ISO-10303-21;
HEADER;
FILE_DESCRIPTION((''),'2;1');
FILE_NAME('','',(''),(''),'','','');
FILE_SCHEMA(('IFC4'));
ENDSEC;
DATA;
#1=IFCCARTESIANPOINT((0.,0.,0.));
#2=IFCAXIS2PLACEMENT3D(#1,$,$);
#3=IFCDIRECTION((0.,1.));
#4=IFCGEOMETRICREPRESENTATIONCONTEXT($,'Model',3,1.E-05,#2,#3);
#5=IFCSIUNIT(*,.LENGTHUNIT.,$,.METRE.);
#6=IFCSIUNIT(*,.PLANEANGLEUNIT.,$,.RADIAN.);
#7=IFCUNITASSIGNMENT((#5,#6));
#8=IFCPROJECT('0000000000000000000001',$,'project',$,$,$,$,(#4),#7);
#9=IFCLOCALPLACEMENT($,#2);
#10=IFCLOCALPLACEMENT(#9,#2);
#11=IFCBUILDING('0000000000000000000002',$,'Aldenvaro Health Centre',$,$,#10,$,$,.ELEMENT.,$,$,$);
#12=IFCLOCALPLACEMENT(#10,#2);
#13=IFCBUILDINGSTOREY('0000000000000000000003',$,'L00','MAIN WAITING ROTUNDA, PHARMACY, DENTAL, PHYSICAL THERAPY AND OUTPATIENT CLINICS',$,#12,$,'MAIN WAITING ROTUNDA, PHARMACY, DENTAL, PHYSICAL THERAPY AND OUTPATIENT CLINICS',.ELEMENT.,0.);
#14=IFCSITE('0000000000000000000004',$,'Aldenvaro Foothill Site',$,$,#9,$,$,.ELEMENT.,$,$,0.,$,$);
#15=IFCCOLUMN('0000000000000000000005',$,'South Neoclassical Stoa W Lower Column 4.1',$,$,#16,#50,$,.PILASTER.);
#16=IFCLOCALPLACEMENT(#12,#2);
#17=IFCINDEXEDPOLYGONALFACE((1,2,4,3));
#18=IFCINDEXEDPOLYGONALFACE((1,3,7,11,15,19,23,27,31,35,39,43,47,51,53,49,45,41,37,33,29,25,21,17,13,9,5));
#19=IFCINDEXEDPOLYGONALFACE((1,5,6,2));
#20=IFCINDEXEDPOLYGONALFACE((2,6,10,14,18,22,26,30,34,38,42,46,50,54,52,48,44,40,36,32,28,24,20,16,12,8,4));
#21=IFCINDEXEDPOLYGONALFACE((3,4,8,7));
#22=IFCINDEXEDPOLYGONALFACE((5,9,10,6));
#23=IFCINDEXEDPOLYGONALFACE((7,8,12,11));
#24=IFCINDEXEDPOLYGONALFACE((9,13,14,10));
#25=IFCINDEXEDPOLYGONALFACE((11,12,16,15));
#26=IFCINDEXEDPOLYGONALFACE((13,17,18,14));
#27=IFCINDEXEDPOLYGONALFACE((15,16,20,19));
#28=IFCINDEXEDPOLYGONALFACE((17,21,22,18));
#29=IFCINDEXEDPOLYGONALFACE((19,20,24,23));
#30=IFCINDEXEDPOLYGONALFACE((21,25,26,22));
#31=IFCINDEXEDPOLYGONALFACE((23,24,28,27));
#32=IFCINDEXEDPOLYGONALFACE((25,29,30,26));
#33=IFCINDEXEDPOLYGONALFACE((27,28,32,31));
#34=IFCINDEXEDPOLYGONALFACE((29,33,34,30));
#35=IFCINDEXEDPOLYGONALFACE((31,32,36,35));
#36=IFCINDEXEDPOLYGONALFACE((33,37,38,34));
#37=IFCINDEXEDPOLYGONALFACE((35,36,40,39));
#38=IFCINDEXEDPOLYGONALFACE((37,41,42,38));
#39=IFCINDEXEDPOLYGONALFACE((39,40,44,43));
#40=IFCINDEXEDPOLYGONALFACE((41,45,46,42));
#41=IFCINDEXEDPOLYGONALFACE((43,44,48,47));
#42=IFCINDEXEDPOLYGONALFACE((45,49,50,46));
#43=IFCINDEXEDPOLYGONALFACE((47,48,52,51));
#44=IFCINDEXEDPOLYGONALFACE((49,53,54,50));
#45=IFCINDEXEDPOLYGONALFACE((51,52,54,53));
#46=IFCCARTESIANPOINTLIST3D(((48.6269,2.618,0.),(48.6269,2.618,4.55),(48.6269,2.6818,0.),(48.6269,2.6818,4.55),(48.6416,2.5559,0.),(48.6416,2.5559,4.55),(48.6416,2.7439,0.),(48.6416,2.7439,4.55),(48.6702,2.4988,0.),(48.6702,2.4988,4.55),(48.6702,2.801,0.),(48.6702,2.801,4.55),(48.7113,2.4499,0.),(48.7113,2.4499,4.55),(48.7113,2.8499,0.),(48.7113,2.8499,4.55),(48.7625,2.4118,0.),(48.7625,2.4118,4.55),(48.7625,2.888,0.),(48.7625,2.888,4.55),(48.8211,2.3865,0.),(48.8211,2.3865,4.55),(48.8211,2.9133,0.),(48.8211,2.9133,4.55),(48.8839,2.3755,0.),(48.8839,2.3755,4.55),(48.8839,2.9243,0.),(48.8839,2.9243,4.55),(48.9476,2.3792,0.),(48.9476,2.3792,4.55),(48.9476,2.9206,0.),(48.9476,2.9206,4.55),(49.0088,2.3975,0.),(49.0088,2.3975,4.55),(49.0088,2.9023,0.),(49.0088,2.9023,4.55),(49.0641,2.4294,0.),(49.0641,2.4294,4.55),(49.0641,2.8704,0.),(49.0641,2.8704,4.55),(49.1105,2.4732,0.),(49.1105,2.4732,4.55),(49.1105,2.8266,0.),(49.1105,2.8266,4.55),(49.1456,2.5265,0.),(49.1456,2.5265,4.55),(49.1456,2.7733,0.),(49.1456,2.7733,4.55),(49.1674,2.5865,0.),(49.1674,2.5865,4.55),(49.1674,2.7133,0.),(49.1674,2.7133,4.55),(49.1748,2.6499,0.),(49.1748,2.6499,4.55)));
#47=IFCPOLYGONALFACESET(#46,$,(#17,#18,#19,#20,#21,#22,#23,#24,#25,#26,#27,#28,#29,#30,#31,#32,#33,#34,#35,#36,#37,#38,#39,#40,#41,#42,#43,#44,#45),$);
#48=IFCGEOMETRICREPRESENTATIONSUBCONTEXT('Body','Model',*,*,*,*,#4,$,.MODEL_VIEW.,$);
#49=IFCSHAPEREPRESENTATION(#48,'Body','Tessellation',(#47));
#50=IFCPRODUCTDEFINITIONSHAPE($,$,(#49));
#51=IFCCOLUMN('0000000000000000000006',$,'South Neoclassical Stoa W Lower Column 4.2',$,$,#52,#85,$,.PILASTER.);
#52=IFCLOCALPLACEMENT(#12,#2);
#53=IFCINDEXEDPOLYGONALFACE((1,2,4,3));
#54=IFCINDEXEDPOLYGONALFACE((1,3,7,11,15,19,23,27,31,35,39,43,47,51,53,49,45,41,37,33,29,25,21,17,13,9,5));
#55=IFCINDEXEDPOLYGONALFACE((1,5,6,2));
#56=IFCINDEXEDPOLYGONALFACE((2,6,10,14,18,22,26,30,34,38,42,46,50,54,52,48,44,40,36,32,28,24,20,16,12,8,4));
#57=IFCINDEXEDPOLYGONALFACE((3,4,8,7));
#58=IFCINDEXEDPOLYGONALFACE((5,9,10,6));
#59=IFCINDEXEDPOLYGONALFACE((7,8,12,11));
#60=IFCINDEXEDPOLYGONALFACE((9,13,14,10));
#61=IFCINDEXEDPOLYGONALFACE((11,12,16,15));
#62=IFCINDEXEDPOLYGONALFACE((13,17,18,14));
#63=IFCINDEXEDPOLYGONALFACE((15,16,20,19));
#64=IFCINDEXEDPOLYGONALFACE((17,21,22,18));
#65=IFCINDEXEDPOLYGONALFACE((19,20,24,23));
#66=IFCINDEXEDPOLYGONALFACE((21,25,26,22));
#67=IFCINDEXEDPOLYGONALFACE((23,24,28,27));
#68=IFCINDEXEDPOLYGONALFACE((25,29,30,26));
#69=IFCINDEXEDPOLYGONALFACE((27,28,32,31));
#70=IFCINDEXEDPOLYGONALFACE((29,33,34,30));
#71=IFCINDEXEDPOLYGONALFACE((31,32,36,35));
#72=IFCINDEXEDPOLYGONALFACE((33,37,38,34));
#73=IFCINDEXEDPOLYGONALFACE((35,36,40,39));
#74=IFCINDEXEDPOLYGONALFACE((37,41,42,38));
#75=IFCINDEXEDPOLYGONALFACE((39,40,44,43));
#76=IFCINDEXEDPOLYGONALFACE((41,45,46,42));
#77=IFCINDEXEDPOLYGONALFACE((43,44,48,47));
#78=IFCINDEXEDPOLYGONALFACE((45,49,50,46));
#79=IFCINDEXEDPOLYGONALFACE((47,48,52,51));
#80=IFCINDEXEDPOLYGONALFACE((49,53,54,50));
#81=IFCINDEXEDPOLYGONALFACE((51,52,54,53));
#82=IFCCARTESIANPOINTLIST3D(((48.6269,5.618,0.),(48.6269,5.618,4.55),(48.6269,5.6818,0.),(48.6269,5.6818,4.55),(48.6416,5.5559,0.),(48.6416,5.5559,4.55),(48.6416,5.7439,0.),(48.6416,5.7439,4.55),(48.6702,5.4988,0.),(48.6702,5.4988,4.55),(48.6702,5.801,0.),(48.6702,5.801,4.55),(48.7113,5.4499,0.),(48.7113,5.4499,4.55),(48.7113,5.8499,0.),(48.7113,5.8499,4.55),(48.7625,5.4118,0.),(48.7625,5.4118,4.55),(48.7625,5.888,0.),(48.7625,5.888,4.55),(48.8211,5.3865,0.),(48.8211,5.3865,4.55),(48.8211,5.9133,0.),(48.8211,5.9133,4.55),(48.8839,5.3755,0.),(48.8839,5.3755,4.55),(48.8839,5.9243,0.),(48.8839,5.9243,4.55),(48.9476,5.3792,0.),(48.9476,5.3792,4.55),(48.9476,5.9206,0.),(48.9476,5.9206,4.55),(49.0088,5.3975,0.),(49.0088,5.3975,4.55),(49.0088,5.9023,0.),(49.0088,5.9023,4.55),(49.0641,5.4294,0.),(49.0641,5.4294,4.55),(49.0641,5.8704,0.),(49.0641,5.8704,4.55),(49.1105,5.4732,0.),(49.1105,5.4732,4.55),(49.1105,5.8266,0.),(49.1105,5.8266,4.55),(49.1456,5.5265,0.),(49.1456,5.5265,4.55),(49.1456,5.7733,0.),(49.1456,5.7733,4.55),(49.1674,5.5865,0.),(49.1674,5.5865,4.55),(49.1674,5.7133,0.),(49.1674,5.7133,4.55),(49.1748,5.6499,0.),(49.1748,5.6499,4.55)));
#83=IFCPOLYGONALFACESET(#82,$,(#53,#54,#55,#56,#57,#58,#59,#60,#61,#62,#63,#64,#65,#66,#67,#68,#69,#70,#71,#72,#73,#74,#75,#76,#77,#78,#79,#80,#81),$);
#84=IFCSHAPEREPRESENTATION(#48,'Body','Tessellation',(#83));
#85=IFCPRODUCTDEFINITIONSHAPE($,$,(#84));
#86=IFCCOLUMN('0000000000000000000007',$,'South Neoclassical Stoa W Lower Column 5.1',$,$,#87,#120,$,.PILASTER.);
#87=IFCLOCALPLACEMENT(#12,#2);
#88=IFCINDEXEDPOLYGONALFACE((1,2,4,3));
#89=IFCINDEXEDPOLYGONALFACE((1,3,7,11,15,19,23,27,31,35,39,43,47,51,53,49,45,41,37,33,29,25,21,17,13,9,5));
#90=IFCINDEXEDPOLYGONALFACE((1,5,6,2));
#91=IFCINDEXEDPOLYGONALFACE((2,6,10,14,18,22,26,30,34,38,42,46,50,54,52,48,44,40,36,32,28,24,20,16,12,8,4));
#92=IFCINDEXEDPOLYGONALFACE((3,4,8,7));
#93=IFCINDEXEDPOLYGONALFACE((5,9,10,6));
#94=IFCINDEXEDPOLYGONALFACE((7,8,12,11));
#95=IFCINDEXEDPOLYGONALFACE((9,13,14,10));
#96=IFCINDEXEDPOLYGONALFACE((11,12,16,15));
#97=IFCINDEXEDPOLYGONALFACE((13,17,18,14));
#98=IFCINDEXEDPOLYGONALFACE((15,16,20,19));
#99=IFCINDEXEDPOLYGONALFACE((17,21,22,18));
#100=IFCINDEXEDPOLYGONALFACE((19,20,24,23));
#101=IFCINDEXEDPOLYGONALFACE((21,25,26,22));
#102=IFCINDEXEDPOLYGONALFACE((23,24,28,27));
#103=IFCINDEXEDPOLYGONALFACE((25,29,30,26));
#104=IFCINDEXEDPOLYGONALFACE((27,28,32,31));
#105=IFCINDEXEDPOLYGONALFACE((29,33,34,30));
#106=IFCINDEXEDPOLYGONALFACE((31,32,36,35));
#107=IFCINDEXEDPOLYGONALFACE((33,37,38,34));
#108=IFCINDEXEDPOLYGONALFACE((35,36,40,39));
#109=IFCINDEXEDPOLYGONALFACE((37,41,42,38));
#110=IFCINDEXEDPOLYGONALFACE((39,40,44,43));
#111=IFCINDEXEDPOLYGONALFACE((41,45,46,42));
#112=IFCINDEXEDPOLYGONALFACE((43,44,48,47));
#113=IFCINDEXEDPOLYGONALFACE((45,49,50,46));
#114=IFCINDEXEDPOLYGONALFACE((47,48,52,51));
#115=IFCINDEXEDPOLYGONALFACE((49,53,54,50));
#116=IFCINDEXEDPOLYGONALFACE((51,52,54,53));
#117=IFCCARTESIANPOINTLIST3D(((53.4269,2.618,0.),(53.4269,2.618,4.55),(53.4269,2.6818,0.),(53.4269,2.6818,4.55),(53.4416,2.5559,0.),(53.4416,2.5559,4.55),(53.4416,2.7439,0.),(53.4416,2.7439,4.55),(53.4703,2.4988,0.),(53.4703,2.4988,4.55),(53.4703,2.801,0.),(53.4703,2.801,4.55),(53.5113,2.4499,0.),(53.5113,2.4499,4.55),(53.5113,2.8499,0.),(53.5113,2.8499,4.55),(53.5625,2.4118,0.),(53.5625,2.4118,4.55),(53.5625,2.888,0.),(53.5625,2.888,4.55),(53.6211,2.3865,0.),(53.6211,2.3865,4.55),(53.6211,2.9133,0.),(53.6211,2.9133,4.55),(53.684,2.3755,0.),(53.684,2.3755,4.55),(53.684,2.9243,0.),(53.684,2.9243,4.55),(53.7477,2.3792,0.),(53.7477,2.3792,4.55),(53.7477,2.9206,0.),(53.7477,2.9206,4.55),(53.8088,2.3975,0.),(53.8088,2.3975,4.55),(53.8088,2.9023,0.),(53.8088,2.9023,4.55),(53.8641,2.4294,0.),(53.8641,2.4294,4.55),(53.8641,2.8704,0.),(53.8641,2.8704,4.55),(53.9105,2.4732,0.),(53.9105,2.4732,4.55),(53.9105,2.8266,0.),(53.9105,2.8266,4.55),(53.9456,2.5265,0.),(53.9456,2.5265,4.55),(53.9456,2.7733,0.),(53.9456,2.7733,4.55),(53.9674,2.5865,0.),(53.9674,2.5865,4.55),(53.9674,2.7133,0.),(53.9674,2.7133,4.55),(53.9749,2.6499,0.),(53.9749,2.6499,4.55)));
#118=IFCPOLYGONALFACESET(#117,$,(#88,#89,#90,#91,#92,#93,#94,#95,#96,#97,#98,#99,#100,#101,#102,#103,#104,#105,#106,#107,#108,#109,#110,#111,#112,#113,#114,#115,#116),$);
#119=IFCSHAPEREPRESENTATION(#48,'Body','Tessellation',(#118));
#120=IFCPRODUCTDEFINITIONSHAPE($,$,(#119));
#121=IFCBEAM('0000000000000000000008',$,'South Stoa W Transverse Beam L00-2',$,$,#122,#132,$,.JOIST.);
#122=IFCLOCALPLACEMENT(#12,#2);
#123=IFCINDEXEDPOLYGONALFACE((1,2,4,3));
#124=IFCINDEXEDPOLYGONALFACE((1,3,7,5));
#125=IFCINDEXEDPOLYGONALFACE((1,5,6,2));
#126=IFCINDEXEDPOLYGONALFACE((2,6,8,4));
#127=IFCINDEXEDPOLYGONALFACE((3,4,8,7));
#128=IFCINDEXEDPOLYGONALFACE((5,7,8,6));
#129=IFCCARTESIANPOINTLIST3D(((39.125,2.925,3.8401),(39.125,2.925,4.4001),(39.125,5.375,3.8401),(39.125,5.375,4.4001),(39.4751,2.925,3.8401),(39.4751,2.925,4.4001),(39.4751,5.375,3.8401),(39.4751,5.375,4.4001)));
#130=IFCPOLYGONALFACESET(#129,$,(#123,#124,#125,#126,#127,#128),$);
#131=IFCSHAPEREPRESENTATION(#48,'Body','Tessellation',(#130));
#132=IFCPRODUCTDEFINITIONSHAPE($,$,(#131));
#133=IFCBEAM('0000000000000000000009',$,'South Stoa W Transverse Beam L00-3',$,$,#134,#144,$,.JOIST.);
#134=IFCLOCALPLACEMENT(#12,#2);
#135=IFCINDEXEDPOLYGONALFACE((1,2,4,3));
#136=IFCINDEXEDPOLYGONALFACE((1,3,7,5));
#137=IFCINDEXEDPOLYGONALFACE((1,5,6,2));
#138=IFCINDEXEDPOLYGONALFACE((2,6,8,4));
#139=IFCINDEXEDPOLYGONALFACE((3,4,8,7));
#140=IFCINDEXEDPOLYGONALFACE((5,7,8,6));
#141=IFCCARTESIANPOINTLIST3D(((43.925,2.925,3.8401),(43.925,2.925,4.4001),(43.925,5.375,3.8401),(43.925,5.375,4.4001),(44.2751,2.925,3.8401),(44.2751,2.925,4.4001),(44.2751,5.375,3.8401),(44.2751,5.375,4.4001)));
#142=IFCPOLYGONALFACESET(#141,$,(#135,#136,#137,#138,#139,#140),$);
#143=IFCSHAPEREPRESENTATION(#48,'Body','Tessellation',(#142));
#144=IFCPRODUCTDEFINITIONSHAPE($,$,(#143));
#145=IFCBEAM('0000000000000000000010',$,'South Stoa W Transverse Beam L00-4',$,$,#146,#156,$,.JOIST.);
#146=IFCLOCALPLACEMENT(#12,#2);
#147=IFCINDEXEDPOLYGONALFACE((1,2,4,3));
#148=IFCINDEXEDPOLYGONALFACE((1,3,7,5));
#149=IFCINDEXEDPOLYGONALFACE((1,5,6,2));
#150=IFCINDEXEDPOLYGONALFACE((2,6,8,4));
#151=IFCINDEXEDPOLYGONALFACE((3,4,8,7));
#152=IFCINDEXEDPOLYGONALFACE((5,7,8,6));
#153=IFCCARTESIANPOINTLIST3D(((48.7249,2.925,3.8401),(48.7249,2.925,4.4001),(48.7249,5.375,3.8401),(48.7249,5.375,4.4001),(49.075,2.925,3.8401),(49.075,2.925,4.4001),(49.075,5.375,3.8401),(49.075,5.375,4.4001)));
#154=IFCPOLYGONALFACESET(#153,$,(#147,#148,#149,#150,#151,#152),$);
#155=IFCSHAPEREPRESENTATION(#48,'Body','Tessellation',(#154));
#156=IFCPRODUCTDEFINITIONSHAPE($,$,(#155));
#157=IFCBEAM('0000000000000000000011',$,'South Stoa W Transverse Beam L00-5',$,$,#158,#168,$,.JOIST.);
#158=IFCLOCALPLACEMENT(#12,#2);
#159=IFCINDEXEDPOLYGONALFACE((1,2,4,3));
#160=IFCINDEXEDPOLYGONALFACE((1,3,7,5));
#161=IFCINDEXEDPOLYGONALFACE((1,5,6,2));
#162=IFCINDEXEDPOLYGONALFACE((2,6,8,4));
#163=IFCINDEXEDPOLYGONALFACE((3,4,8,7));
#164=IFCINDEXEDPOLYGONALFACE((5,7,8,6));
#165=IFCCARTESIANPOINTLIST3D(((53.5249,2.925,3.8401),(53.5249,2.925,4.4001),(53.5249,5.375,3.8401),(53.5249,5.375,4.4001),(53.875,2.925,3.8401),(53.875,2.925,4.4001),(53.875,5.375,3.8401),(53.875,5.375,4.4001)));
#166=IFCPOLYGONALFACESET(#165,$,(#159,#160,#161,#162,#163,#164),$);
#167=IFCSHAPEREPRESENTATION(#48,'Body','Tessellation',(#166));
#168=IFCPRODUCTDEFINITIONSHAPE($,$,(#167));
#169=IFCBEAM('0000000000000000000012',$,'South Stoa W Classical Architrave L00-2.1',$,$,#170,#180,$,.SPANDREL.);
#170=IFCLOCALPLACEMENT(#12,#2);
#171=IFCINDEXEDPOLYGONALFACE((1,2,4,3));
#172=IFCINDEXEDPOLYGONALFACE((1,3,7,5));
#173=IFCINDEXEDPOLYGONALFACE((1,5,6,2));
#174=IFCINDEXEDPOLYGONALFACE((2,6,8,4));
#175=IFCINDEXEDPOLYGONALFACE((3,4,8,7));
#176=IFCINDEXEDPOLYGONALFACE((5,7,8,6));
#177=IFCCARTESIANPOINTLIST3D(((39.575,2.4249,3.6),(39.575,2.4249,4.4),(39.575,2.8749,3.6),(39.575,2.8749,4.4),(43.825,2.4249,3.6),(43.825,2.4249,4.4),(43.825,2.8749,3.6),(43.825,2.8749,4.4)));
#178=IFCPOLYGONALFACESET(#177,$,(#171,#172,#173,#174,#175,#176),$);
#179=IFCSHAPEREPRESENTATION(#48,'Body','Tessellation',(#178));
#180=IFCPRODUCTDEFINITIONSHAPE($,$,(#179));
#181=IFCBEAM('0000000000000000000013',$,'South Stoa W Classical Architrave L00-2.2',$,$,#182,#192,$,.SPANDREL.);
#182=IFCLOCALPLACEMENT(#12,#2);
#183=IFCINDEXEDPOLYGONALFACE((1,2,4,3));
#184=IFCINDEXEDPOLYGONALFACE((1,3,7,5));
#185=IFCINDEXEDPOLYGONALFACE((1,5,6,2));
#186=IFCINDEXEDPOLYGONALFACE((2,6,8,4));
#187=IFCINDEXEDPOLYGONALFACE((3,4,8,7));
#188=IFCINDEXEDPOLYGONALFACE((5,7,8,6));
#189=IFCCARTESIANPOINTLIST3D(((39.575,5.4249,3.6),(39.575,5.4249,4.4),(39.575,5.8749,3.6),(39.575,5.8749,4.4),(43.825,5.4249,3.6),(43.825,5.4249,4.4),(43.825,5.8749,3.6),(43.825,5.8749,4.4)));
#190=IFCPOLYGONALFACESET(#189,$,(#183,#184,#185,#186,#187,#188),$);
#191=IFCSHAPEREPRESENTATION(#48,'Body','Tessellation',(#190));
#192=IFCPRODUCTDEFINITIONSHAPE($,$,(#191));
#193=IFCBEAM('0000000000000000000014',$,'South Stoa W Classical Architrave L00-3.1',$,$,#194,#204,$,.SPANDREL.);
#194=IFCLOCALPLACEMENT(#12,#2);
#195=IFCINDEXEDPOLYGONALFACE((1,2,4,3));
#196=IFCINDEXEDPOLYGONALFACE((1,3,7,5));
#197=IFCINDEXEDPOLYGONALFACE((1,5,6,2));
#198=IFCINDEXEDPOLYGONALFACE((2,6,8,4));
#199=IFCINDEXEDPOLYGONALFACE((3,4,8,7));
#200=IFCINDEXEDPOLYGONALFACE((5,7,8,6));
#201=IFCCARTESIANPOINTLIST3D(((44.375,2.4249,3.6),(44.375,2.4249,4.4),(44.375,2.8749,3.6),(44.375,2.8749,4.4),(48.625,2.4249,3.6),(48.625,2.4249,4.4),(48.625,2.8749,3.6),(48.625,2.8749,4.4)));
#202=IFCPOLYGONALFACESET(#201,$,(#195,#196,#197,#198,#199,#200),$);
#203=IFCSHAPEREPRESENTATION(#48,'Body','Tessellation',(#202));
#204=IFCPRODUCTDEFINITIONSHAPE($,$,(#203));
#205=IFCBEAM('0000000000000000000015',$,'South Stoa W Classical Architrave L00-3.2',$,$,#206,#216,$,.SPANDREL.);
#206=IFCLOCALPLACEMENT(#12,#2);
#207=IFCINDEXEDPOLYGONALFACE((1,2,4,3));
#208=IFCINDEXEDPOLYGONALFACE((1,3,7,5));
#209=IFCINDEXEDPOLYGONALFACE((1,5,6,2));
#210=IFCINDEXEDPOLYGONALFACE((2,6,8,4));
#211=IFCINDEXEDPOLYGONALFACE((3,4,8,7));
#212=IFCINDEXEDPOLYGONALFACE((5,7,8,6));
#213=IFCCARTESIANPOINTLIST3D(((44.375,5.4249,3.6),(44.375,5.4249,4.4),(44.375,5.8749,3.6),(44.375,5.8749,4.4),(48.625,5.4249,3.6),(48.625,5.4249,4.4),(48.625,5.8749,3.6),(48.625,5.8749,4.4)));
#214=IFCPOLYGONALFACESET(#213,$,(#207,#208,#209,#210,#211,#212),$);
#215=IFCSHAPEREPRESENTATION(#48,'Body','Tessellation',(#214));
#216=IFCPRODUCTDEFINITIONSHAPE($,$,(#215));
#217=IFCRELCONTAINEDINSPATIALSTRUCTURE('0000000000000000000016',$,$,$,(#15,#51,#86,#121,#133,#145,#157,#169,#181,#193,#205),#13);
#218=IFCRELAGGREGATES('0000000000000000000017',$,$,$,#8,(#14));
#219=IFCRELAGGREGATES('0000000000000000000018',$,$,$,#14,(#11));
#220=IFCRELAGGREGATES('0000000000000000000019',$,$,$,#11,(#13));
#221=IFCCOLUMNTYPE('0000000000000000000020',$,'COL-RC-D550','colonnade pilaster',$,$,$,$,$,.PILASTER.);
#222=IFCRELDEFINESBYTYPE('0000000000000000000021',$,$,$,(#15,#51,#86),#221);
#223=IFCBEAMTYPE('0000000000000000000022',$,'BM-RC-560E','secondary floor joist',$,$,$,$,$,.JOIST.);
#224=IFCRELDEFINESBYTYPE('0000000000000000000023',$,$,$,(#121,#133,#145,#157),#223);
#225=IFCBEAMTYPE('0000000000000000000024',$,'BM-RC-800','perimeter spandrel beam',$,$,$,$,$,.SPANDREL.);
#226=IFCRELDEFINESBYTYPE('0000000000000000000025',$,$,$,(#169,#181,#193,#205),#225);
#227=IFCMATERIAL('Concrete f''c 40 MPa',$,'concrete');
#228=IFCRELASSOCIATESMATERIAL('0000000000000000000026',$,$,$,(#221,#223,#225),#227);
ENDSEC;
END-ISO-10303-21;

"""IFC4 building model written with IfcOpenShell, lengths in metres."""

from ifc_helpers import new_model, si_unit, direction, frame, origin, origin_2d, place, context, subcontext, project, spatial, rectangle, circle, extrude, material, material_profile, profile_set, type_object, element, save


model = new_model("IFC4")

# Units and contexts
model_context = context("Model", 3, precision=1e-05, world=origin(), true_north=direction((0.0, 1.0)))
body_context = subcontext(model_context, "Body", "Model", "MODEL_VIEW")
ifc_project = project(units=[si_unit("LENGTHUNIT", "METRE"), si_unit("PLANEANGLEUNIT", "RADIAN")], contexts=[model_context])

# Site, building, storey
site_placement = place(None, origin())
site = spatial("IfcSite", under=ifc_project, at=site_placement, Name="Aldenvaro Foothill Site", CompositionType="ELEMENT", RefElevation=0.0)
building_placement = place(site_placement, origin())
building = spatial("IfcBuilding", under=site, at=building_placement, Name="Aldenvaro Health Centre", CompositionType="ELEMENT")
storey_placement = place(building_placement, origin())
storey = spatial("IfcBuildingStorey", under=building, at=storey_placement, Name="L00", Description="MAIN WAITING ROTUNDA, PHARMACY, DENTAL, PHYSICAL THERAPY AND OUTPATIENT CLINICS", LongName="MAIN WAITING ROTUNDA, PHARMACY, DENTAL, PHYSICAL THERAPY AND OUTPATIENT CLINICS", CompositionType="ELEMENT", Elevation=0.0)

# Columns
ifc_material_1 = material(Name="Concrete f'c 40 MPa", Category="concrete")
ifc_material_profile_1 = material_profile(ifc_material_1, circle(Radius=0.2749, at=origin_2d()), Name="RC D550", Category="concrete")
ifc_profile_set_1 = profile_set([ifc_material_profile_1], Name="Concrete f'c 40 MPa")
column_type = type_object("IfcColumnType", Name="COL-RC-D550", Description="colonnade pilaster", PredefinedType="PILASTER", material=ifc_profile_set_1)
for number, where, z_axis, x_axis, name in (
    (1, (48.8999, 2.6499, 0.0), (0.0, 0.0, 1.0), (1.0, 0.0, 0.0), "South Neoclassical Stoa W Lower Column 4.1"),
    (2, (48.8999, 5.6499, 0.0), (0.0, 0.0, 1.0), (1.0, 0.0, 0.0), "South Neoclassical Stoa W Lower Column 4.2"),
    (3, (53.7, 2.6499, 0.0), (0.0, 0.0, 1.0), (1.0, 0.0, 0.0), "South Neoclassical Stoa W Lower Column 5.1"),
):
    element("IfcColumn", number, at=place(storey_placement, frame(where, z_axis=z_axis, x_axis=x_axis)), inside=storey, type_object=column_type, Name=name, PredefinedType="PILASTER", context=body_context, shape_type="SweptSolid", body=[
        extrude(circle(Radius=0.2749, at=origin_2d()), origin(), (0.0, 0.0, 1.0), 4.55),
    ])

# Beams
ifc_material_profile_2 = material_profile(ifc_material_1, rectangle(XDim=0.3501, YDim=0.5601, at=origin_2d()), Name="RC 350x560", Category="concrete")
ifc_profile_set_2 = profile_set([ifc_material_profile_2], Name="Concrete f'c 40 MPa")
beam_type_1 = type_object("IfcBeamType", Name="BM-RC-560E", Description="secondary floor joist", PredefinedType="JOIST", material=ifc_profile_set_2)
for number, where, z_axis, x_axis, name in (
    (4, (39.3, 2.925, 4.1201), (0.0, 1.0, 0.0), (-1.0, 0.0, 0.0), "South Stoa W Transverse Beam L00-2"),
    (5, (44.1001, 2.925, 4.1201), (0.0, 1.0, 0.0), (-1.0, 0.0, 0.0), "South Stoa W Transverse Beam L00-3"),
    (6, (48.8999, 2.925, 4.1201), (0.0, 1.0, 0.0), (-1.0, 0.0, 0.0), "South Stoa W Transverse Beam L00-4"),
    (7, (53.7, 2.925, 4.1201), (0.0, 1.0, 0.0), (-1.0, 0.0, 0.0), "South Stoa W Transverse Beam L00-5"),
):
    element("IfcBeam", number, at=place(storey_placement, frame(where, z_axis=z_axis, x_axis=x_axis)), inside=storey, type_object=beam_type_1, Name=name, PredefinedType="JOIST", context=body_context, shape_type="SweptSolid", body=[
        extrude(rectangle(XDim=0.3501, YDim=0.5601, at=origin_2d()), origin(), (0.0, 0.0, 1.0), 2.45),
    ])
ifc_material_profile_3 = material_profile(ifc_material_1, rectangle(XDim=0.45, YDim=0.8, at=origin_2d()), Name="RC 450x800", Category="concrete")
ifc_profile_set_3 = profile_set([ifc_material_profile_3], Name="Concrete f'c 40 MPa")
beam_type_2 = type_object("IfcBeamType", Name="BM-RC-800", Description="perimeter spandrel beam", PredefinedType="SPANDREL", material=ifc_profile_set_3)
for number, where, z_axis, x_axis, name in (
    (8, (39.575, 2.6499, 4.0), (1.0, 0.0, 0.0), (0.0, 1.0, 0.0), "South Stoa W Classical Architrave L00-2.1"),
    (9, (39.575, 5.6499, 4.0), (1.0, 0.0, 0.0), (0.0, 1.0, 0.0), "South Stoa W Classical Architrave L00-2.2"),
    (10, (44.375, 2.6499, 4.0), (1.0, 0.0, 0.0), (0.0, 1.0, 0.0), "South Stoa W Classical Architrave L00-3.1"),
    (11, (44.375, 5.6499, 4.0), (1.0, 0.0, 0.0), (0.0, 1.0, 0.0), "South Stoa W Classical Architrave L00-3.2"),
):
    element("IfcBeam", number, at=place(storey_placement, frame(where, z_axis=z_axis, x_axis=x_axis)), inside=storey, type_object=beam_type_2, Name=name, PredefinedType="SPANDREL", context=body_context, shape_type="SweptSolid", body=[
        extrude(rectangle(XDim=0.45, YDim=0.8, at=origin_2d()), origin(), (0.0, 0.0, 1.0), 4.25),
    ])

save(model, "model.ifc")
